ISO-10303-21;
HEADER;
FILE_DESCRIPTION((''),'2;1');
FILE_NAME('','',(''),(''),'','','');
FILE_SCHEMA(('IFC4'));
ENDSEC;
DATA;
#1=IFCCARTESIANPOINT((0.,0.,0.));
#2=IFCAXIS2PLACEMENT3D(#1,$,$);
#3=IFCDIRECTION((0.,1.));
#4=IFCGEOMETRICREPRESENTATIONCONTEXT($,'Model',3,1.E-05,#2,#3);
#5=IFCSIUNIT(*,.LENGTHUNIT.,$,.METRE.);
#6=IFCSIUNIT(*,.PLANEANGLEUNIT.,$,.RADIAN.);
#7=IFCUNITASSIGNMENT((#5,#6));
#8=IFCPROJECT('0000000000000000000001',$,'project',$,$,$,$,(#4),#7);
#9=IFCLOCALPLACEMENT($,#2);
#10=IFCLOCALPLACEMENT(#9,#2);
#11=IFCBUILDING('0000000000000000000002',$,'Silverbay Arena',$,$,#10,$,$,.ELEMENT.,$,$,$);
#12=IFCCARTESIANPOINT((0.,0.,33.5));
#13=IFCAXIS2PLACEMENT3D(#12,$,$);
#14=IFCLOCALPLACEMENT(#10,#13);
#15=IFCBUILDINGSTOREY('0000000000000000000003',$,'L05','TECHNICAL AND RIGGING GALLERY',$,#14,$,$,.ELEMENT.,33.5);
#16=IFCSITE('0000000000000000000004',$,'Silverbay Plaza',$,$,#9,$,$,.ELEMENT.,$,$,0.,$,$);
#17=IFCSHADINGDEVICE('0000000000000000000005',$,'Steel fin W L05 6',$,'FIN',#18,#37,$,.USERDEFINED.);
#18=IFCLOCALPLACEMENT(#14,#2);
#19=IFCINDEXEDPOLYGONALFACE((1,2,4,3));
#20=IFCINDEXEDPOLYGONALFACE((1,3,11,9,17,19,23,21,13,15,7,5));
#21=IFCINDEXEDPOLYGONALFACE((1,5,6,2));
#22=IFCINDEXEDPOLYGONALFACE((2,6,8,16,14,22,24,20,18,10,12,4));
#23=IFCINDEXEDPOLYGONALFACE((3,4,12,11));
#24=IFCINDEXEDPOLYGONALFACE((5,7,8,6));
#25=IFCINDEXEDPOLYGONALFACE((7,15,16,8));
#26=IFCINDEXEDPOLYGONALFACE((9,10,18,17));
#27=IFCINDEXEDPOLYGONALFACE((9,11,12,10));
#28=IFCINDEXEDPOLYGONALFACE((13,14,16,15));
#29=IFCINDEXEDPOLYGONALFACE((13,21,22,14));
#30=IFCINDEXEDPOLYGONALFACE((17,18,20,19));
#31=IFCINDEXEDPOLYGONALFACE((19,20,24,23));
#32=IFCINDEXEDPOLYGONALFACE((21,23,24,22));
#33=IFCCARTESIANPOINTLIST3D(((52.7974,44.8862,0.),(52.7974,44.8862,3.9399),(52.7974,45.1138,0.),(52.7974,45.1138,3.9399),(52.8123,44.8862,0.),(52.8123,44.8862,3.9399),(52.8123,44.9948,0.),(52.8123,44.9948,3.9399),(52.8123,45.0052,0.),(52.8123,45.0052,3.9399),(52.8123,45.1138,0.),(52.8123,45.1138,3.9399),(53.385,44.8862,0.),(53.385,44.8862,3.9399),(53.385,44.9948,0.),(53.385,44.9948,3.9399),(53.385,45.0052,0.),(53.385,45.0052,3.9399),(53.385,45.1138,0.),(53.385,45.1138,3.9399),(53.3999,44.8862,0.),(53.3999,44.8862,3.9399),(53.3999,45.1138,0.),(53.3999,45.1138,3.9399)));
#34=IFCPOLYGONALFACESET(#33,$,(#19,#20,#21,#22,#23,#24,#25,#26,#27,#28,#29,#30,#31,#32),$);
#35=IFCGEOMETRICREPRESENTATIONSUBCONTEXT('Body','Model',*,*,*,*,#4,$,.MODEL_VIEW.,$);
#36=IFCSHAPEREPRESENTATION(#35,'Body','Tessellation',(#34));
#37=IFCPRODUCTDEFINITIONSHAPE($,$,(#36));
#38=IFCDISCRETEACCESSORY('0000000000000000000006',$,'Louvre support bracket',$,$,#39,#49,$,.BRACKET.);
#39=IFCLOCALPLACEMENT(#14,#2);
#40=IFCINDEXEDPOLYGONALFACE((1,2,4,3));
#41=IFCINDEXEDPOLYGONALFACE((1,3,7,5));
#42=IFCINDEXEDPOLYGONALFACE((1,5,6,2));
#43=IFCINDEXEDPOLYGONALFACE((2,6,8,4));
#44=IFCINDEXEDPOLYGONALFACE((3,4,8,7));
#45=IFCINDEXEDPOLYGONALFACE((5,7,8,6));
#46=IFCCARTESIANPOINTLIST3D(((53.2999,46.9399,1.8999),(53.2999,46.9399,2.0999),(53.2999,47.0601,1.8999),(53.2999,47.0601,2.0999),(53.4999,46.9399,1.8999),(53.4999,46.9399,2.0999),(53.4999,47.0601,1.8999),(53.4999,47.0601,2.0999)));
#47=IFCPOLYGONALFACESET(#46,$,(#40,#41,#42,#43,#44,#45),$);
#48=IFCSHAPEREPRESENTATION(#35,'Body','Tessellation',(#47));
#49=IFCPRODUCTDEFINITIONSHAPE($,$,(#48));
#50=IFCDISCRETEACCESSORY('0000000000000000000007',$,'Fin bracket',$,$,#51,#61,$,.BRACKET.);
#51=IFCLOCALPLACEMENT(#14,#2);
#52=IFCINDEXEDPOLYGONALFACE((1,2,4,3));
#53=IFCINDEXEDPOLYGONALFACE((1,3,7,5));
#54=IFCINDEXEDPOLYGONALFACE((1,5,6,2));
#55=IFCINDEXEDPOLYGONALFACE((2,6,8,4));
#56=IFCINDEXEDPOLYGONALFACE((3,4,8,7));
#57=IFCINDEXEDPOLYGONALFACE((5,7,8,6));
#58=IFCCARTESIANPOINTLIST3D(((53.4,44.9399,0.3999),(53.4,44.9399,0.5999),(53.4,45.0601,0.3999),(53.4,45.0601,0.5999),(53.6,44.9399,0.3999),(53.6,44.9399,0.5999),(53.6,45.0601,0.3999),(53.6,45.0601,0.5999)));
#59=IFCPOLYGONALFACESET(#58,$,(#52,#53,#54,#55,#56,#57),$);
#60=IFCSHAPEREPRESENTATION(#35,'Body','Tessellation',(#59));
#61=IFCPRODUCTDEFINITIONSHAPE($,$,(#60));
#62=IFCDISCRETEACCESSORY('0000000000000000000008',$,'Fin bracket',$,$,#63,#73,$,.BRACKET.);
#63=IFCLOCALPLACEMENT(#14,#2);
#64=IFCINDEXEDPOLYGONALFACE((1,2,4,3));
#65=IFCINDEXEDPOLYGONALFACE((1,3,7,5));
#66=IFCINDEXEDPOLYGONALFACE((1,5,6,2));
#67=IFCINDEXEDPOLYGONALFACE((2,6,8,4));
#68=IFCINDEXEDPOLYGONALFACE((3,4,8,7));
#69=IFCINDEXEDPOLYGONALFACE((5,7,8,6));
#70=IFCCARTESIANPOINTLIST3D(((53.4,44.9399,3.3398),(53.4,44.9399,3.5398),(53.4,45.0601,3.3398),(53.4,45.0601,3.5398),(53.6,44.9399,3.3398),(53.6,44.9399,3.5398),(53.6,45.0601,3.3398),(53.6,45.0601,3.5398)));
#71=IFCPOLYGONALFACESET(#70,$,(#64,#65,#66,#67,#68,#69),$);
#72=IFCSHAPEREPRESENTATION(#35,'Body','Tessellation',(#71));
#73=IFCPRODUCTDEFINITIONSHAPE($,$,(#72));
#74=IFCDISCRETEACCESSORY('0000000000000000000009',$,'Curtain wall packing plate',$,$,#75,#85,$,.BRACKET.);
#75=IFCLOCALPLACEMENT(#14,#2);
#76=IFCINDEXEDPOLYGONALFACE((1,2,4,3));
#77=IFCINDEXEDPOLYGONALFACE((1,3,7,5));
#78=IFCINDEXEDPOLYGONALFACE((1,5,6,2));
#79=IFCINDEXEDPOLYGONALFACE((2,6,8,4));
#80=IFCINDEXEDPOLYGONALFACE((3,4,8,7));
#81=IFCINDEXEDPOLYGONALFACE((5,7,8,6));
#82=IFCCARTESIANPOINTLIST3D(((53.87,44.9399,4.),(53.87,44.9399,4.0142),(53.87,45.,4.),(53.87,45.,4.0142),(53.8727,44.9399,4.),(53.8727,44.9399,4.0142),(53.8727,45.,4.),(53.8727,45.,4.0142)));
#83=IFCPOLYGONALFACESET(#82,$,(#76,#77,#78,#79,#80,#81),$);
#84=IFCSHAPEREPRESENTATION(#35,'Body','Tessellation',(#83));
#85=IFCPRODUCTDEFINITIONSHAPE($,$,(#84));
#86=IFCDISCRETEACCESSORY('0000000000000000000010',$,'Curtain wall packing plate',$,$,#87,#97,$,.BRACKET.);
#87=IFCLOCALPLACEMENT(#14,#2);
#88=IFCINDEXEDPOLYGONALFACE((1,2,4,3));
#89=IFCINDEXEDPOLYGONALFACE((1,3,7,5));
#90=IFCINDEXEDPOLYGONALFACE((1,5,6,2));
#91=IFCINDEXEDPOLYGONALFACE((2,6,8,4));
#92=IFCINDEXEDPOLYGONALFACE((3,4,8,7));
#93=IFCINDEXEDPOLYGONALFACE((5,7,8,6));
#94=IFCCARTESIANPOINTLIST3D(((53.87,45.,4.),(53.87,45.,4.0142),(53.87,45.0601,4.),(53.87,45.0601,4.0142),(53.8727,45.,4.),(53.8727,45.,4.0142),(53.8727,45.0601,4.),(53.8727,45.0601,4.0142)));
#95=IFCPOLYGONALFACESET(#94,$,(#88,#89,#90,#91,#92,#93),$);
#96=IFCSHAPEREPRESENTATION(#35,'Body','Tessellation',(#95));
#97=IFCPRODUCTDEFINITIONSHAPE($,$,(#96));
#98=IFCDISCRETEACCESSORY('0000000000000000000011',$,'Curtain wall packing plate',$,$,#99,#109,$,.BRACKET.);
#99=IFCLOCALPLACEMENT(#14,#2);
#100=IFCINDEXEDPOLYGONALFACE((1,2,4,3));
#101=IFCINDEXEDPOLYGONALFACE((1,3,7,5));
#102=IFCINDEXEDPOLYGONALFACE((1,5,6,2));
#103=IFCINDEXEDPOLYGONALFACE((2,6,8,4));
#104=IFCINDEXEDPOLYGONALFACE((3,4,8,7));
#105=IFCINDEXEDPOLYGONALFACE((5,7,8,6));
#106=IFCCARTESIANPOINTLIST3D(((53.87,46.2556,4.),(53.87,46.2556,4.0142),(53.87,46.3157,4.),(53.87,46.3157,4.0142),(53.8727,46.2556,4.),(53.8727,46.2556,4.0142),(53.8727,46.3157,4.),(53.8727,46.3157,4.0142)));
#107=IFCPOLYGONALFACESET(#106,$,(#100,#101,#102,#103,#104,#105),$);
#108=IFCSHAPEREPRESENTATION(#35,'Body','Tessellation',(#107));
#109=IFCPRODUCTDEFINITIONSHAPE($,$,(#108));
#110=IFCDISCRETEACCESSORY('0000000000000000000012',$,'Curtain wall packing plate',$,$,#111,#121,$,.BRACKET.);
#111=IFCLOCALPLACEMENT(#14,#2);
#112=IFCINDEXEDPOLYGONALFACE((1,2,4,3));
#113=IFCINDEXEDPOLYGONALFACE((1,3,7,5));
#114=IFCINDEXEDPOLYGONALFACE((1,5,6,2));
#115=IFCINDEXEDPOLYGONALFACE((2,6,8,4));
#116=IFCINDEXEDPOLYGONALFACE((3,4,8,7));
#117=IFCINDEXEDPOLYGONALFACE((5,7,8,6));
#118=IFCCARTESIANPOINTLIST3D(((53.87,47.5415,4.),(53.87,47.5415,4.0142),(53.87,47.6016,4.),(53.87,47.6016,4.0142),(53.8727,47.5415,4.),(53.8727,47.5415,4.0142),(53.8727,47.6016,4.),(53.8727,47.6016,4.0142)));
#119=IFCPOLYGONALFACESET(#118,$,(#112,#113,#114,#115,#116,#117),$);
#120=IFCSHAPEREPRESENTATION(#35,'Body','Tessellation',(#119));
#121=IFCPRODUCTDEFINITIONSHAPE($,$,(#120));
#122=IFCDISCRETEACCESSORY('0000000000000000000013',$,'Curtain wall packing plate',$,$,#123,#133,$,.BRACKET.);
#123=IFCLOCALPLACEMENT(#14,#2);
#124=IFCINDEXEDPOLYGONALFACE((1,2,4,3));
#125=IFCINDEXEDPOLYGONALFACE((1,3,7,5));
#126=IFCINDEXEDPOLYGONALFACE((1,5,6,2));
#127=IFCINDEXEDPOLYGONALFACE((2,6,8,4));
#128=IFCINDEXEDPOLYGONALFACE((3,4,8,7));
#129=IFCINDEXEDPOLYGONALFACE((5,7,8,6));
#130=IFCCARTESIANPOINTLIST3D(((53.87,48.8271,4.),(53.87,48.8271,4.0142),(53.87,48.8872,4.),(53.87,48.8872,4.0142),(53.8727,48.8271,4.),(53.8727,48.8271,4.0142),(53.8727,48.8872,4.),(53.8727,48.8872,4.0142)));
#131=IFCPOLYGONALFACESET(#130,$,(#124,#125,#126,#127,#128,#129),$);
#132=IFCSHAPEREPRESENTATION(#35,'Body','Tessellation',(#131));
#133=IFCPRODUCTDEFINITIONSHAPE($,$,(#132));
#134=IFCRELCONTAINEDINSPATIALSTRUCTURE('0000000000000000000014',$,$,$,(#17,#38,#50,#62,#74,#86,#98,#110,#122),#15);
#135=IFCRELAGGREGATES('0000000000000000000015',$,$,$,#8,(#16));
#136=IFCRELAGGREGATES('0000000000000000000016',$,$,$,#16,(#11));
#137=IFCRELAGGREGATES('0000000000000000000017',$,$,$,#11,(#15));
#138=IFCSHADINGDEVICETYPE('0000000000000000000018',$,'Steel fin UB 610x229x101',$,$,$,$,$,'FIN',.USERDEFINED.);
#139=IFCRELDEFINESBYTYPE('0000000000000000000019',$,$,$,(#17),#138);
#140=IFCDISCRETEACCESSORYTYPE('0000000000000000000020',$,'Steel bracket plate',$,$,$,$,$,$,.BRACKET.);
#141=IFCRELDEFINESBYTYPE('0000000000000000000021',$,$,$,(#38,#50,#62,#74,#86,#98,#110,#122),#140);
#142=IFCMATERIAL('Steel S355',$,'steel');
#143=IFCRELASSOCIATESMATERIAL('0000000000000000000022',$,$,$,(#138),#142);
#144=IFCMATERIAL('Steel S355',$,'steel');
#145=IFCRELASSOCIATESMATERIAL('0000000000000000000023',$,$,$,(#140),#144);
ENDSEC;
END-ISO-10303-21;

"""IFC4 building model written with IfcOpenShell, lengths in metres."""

from ifc_helpers import new_model, si_unit, direction, frame, origin, origin_2d, place, context, subcontext, project, spatial, rectangle, i_section, extrude, material, material_profile, profile_set, type_object, element, save


model = new_model("IFC4")

# Units and contexts
model_context = context("Model", 3, precision=1e-05, world=origin(), true_north=direction((0.0, 1.0)))
body_context = subcontext(model_context, "Body", "Model", "MODEL_VIEW")
ifc_project = project(units=[si_unit("LENGTHUNIT", "METRE"), si_unit("PLANEANGLEUNIT", "RADIAN")], contexts=[model_context])

# Site, building, storey
site_placement = place(None, origin())
site = spatial("IfcSite", under=ifc_project, at=site_placement, Name="Silverbay Plaza", CompositionType="ELEMENT", RefElevation=0.0)
building_placement = place(site_placement, origin())
building = spatial("IfcBuilding", under=site, at=building_placement, Name="Silverbay Arena", CompositionType="ELEMENT")
storey_placement = place(building_placement, frame((0.0, 0.0, 33.5)))
storey = spatial("IfcBuildingStorey", under=building, at=storey_placement, Name="L05", Description="TECHNICAL AND RIGGING GALLERY", CompositionType="ELEMENT", Elevation=33.5)

# Shading device
ifc_material_1 = material(Name="Steel S355", Category="steel")
ifc_material_profile_1 = material_profile(ifc_material_1, i_section(OverallWidth=0.2275, OverallDepth=0.6025, WebThickness=0.0105, FlangeThickness=0.0149, at=origin_2d()), Name="UB 610x229x101")
ifc_profile_set_1 = profile_set([ifc_material_profile_1], Name="Steel S355")
shading_device_type_1 = type_object("IfcShadingDeviceType", Name="Steel fin UB 610x229x101", ElementType="FIN", PredefinedType="USERDEFINED", material=ifc_profile_set_1)
shading_device_1_placement = place(storey_placement, frame((53.0986, 45.0, 0.0), z_axis=(0.0, 0.0, 1.0), x_axis=(0.0, 1.0, 0.0)))
element("IfcShadingDevice", 1, at=shading_device_1_placement, inside=storey, type_object=shading_device_type_1, Name="Steel fin W L05 6", ObjectType="FIN", PredefinedType="USERDEFINED", context=body_context, shape_type="SweptSolid", body=[
    extrude(i_section(OverallWidth=0.2275, OverallDepth=0.6025, WebThickness=0.0105, FlangeThickness=0.0149, at=origin_2d()), origin(), (0.0, 0.0, 1.0), 3.9399),
])

# Discrete accessories
ifc_material_2 = material(Name="Steel S355", Category="steel")
discrete_accessory_type = type_object("IfcDiscreteAccessoryType", Name="Steel bracket plate", PredefinedType="BRACKET", material=ifc_material_2)
discrete_accessory_placement = place(storey_placement, frame((53.3999, 47.0, 1.8999), z_axis=(0.0, 0.0, 1.0), x_axis=(0.0, 1.0, 0.0)))
element("IfcDiscreteAccessory", 2, at=discrete_accessory_placement, inside=storey, type_object=discrete_accessory_type, Name="Louvre support bracket", PredefinedType="BRACKET", context=body_context, shape_type="SweptSolid", body=[
    extrude(rectangle(XDim=0.1201, YDim=0.2, at=origin_2d()), origin(), (0.0, 0.0, 1.0), 0.2),
])
for number, where, z_axis, x_axis, name in (
    (3, (53.5, 45.0, 0.3999), (0.0, 0.0, 1.0), (1.0, 0.0, 0.0), "Fin bracket"),
    (4, (53.5, 45.0, 3.3398), (0.0, 0.0, 1.0), (1.0, 0.0, 0.0), "Fin bracket"),
):
    element("IfcDiscreteAccessory", number, at=place(storey_placement, frame(where, z_axis=z_axis, x_axis=x_axis)), inside=storey, type_object=discrete_accessory_type, Name=name, PredefinedType="BRACKET", context=body_context, shape_type="SweptSolid", body=[
        extrude(rectangle(XDim=0.2, YDim=0.1201, at=origin_2d()), origin(), (0.0, 0.0, 1.0), 0.2),
    ])
for number, where, z_axis, x_axis, name in (
    (5, (53.8713, 44.97, 4.0), (0.0, 0.0, 1.0), (1.0, 0.0, 0.0), "Curtain wall packing plate"),
    (6, (53.8713, 45.03, 4.0), (0.0, 0.0, 1.0), (1.0, 0.0, 0.0), "Curtain wall packing plate"),
    (7, (53.8713, 46.2856, 4.0), (0.0, 0.0, 1.0), (1.0, 0.0, 0.0), "Curtain wall packing plate"),
    (8, (53.8713, 47.5715, 4.0), (0.0, 0.0, 1.0), (1.0, 0.0, 0.0), "Curtain wall packing plate"),
    (9, (53.8713, 48.8572, 4.0), (0.0, 0.0, 1.0), (1.0, 0.0, 0.0), "Curtain wall packing plate"),
):
    element("IfcDiscreteAccessory", number, at=place(storey_placement, frame(where, z_axis=z_axis, x_axis=x_axis)), inside=storey, type_object=discrete_accessory_type, Name=name, PredefinedType="BRACKET", context=body_context, shape_type="SweptSolid", body=[
        extrude(rectangle(XDim=0.0027, YDim=0.0601, at=origin_2d()), origin(), (0.0, 0.0, 1.0), 0.0142),
    ])

save(model, "model.ifc")
